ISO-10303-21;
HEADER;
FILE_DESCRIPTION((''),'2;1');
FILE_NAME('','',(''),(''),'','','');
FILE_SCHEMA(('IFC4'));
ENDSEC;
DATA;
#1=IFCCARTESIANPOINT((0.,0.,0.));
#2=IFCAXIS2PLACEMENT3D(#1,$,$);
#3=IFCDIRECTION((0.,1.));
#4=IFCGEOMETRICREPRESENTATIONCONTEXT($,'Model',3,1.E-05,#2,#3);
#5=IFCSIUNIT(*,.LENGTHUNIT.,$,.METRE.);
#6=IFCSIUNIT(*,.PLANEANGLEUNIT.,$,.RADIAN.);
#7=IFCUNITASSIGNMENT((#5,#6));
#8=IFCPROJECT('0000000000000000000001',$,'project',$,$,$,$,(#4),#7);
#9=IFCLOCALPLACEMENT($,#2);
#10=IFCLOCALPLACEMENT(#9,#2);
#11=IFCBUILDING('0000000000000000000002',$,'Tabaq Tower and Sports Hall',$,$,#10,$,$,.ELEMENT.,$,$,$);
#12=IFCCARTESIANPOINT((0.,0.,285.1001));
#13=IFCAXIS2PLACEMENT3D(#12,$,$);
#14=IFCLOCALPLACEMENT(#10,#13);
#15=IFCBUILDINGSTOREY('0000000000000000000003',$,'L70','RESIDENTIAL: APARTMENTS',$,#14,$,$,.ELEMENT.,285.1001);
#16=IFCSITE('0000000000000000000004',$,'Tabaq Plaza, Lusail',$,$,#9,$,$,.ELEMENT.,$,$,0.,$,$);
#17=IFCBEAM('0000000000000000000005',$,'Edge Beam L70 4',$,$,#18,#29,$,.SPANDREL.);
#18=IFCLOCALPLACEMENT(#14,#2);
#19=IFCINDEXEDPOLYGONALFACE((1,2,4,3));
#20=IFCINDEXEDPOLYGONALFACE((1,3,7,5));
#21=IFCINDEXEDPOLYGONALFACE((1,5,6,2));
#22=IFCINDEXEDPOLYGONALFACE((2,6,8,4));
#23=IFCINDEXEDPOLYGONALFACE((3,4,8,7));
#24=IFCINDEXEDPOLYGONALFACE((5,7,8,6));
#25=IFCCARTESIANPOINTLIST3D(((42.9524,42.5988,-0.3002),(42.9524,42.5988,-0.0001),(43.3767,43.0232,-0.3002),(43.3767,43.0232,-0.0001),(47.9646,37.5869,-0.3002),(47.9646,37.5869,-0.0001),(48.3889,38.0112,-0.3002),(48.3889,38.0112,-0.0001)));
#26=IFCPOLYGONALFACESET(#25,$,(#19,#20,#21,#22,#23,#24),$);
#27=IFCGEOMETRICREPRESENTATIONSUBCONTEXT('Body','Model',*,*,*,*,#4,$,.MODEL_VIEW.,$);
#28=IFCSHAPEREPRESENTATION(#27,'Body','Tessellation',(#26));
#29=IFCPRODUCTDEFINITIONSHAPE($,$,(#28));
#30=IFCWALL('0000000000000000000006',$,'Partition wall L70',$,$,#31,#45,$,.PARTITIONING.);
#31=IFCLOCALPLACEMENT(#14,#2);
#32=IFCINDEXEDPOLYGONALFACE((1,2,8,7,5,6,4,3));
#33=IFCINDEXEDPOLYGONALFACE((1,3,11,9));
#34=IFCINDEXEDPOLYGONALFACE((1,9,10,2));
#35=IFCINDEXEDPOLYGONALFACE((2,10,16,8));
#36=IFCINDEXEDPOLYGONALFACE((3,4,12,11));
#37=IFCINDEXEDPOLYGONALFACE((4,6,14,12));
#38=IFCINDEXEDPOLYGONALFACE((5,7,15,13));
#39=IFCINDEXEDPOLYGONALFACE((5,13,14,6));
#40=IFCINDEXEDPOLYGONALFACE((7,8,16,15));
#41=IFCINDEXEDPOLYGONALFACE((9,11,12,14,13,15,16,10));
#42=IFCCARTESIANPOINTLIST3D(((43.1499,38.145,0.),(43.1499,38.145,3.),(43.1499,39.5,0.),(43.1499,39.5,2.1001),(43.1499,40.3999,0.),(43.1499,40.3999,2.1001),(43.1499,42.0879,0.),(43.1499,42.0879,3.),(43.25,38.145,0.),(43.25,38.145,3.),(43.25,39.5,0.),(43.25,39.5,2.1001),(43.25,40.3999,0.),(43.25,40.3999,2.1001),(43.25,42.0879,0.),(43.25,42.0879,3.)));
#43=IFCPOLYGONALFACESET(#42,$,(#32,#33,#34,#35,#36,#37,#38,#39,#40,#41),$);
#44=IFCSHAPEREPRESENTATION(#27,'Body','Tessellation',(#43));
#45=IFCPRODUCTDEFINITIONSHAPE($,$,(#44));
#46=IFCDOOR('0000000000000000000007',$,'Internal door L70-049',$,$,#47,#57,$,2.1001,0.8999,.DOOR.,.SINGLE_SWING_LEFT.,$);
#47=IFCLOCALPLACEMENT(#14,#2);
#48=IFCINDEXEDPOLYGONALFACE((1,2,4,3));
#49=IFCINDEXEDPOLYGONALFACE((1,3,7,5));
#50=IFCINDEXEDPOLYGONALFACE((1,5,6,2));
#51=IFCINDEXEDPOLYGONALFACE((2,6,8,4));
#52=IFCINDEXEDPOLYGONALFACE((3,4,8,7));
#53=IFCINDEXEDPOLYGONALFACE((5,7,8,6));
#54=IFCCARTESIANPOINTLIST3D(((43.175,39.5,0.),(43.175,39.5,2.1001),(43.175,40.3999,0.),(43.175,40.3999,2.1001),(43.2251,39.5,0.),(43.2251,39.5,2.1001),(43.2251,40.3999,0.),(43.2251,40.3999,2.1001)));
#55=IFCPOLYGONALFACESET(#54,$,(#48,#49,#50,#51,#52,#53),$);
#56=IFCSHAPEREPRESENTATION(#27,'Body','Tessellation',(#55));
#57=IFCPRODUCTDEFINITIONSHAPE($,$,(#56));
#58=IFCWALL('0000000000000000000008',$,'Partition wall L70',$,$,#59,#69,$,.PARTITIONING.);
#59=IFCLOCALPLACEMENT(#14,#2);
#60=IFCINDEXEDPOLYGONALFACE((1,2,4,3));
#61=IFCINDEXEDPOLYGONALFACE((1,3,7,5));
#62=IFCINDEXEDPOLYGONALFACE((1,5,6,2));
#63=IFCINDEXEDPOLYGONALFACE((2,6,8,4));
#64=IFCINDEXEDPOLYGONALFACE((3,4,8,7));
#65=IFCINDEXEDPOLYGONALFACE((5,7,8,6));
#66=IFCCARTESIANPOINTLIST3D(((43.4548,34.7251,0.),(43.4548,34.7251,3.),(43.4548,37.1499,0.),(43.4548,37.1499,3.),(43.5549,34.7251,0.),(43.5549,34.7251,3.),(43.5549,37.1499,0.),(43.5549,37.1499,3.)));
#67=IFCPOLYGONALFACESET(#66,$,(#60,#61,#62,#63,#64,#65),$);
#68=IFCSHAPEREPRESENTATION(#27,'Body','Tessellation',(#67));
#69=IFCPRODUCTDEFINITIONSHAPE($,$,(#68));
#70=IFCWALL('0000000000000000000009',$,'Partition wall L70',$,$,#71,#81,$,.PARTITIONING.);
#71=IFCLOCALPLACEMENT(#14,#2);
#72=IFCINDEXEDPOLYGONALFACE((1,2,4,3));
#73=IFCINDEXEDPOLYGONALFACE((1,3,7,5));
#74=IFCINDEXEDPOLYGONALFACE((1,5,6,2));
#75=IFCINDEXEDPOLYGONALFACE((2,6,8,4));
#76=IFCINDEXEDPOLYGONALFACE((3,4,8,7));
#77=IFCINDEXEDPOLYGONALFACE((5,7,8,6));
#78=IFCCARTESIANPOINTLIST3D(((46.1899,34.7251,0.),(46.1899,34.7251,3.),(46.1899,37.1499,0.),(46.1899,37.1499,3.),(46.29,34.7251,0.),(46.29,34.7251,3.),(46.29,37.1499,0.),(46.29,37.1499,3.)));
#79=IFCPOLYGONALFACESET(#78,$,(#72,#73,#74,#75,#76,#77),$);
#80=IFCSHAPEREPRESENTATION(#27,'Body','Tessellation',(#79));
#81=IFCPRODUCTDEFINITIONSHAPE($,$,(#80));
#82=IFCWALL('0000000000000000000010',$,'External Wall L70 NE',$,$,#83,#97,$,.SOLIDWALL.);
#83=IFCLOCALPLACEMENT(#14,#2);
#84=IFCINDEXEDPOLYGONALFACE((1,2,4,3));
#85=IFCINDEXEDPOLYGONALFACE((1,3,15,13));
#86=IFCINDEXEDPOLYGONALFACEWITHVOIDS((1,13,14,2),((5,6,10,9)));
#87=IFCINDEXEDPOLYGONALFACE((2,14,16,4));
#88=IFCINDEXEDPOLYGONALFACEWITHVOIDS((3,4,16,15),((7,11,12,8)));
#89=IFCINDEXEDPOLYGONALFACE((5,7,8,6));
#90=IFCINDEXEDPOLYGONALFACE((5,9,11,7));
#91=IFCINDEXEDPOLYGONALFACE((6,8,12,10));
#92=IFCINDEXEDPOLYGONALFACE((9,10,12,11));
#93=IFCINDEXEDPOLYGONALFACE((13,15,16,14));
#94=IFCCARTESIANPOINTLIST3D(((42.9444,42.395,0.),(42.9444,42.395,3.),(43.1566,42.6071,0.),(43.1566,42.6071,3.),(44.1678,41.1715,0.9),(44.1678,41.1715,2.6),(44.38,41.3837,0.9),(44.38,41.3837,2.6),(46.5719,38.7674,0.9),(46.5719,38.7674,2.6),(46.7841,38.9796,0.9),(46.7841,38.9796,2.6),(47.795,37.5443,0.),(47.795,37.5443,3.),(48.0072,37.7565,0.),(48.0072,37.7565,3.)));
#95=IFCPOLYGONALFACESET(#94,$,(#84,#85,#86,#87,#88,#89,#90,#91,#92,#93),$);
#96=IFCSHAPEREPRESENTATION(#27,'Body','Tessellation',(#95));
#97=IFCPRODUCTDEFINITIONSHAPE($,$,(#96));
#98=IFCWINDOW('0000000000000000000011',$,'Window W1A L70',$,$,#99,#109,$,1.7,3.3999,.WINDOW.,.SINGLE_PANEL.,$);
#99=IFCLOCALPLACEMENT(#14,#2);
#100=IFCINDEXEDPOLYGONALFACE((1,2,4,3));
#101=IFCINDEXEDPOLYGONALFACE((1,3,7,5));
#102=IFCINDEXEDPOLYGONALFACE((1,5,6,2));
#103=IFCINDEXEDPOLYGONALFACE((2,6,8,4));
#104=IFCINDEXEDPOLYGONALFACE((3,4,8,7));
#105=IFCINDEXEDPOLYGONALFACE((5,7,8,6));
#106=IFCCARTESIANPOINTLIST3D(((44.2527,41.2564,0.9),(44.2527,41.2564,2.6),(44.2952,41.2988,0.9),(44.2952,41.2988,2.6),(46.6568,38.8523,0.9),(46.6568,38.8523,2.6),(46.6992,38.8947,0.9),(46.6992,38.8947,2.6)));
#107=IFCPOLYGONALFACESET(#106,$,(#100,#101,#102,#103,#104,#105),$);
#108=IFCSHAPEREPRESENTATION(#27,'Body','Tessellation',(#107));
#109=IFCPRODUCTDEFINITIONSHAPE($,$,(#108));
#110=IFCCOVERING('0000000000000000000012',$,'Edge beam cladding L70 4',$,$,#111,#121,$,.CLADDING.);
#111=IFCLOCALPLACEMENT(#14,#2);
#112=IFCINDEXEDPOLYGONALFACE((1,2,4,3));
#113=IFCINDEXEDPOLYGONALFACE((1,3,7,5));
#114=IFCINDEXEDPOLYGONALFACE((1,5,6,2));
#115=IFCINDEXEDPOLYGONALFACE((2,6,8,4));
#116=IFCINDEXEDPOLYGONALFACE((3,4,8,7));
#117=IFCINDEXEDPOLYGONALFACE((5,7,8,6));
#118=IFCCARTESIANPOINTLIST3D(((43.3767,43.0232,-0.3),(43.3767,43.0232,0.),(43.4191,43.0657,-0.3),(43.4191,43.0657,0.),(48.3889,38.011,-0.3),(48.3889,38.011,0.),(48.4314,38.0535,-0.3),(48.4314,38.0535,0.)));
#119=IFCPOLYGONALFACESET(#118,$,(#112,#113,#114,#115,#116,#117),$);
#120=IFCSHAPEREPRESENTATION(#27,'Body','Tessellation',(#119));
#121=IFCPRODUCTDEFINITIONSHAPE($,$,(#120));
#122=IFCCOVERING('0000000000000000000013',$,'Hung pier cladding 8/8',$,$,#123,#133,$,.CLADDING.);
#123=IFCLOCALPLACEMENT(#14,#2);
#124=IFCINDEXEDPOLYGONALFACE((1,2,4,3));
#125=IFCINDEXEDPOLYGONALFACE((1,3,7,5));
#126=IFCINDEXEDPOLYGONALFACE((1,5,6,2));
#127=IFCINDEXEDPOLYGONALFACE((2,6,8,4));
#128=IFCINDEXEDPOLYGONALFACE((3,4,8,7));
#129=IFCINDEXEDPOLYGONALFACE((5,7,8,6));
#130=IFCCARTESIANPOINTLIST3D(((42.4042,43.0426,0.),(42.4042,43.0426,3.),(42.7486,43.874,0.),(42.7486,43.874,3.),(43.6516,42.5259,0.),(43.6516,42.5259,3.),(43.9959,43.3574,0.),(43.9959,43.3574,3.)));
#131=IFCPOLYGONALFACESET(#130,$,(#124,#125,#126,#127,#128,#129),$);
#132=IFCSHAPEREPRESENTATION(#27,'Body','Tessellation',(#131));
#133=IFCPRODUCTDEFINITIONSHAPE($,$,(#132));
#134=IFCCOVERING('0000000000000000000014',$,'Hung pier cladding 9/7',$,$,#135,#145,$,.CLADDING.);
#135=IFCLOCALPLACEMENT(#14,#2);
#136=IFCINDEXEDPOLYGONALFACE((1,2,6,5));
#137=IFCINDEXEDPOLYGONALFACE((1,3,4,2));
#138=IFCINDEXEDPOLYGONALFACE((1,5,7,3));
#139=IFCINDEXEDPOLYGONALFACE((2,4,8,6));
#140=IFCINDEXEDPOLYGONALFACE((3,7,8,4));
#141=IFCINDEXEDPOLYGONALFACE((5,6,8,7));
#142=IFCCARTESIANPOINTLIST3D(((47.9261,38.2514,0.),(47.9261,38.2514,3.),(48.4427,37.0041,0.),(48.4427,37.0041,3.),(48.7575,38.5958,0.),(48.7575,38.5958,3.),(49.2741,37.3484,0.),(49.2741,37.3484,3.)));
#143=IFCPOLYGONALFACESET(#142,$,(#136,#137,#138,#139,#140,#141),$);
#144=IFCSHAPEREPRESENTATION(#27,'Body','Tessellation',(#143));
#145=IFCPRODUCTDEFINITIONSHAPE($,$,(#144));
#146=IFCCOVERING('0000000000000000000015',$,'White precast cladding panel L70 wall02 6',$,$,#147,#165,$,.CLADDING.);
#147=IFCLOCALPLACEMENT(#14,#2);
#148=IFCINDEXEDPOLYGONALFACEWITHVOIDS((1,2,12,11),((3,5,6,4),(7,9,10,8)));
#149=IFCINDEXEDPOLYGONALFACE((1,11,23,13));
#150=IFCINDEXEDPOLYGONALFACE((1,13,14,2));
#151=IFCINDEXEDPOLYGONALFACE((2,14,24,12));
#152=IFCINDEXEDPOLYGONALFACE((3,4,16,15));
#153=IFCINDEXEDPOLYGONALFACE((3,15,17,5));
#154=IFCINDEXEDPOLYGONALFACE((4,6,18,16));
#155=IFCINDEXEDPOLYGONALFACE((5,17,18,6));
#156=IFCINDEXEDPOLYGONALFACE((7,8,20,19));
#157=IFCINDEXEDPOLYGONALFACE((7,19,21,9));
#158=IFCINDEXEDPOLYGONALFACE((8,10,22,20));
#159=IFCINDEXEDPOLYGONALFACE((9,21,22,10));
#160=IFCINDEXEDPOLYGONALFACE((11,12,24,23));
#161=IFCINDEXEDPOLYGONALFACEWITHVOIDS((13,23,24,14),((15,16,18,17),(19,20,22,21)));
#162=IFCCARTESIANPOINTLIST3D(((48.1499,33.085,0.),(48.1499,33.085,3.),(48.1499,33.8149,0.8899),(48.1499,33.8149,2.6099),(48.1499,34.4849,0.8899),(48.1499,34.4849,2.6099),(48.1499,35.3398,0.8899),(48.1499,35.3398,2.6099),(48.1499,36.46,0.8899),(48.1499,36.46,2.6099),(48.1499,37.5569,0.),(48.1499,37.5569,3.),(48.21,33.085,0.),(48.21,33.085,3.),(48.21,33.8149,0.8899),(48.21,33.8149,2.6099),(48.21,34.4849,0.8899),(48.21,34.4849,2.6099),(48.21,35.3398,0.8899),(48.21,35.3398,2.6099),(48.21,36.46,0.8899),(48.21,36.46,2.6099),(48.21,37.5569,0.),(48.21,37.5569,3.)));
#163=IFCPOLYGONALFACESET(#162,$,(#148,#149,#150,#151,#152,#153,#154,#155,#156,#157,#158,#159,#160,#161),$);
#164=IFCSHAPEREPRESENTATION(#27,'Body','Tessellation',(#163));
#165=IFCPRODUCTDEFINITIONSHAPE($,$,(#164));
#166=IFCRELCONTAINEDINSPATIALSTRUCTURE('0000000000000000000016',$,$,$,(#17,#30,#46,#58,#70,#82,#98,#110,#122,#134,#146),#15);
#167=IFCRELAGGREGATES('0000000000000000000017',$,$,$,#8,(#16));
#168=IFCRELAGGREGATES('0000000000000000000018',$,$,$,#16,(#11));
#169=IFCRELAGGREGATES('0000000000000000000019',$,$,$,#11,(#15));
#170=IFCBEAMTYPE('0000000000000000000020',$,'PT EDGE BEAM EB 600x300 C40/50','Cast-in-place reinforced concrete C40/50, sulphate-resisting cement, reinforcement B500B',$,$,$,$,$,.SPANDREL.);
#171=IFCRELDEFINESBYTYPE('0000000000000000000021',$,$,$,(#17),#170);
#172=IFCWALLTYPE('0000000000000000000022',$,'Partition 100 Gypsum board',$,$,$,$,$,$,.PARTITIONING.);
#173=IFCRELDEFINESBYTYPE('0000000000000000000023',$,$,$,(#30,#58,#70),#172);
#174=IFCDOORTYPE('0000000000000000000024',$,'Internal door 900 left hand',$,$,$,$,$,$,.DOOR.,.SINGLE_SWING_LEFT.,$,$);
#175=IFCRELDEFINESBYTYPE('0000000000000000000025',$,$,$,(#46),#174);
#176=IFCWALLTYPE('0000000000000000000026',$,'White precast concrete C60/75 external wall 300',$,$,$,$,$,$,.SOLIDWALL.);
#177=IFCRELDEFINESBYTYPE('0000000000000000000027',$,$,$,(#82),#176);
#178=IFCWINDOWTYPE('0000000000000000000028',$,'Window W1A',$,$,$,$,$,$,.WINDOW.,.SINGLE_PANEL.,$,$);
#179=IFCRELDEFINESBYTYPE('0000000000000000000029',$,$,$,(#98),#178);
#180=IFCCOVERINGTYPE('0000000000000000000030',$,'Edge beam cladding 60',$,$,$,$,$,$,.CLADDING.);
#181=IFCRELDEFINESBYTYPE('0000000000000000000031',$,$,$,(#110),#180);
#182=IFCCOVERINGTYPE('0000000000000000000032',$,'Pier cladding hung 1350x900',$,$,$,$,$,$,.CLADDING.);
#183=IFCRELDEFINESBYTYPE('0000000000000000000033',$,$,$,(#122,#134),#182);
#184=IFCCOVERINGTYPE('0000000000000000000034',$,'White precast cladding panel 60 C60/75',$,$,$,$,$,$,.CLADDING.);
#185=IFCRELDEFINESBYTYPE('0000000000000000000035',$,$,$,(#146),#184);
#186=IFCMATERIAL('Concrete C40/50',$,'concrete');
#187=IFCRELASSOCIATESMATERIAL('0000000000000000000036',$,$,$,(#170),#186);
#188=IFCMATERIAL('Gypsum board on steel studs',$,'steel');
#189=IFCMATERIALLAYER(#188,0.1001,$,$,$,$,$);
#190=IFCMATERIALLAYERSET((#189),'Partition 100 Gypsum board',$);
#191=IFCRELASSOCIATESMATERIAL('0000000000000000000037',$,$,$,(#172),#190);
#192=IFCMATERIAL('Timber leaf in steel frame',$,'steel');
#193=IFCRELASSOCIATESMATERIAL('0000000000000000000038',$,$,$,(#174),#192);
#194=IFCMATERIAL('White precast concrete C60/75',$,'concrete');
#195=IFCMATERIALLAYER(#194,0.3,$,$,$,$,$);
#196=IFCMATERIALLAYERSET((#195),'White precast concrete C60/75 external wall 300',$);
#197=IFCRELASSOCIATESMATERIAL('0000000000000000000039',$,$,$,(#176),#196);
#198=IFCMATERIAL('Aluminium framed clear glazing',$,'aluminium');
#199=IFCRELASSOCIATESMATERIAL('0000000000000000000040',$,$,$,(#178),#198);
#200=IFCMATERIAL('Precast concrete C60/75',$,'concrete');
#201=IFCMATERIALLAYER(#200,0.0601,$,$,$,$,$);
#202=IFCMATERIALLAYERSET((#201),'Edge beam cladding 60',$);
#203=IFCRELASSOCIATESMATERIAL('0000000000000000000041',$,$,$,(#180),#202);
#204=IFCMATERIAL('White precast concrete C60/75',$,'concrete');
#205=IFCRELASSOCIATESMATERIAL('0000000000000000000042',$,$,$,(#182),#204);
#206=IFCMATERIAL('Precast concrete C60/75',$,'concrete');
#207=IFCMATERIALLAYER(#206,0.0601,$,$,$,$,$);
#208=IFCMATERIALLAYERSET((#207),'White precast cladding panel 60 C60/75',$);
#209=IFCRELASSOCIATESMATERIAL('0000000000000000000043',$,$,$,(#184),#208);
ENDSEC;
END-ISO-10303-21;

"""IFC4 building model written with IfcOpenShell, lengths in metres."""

from ifc_helpers import new_model, si_unit, direction, frame, frame_2d, origin, origin_2d, place, context, subcontext, project, spatial, polyline, rectangle, outline, extrude, material, layer, layer_set, material_profile, profile_set, type_object, element, fill, save


model = new_model("IFC4")

# Units and contexts
model_context = context("Model", 3, precision=1e-05, world=origin(), true_north=direction((0.0, 1.0)))
body_context = subcontext(model_context, "Body", "Model", "MODEL_VIEW")
ifc_project = project(units=[si_unit("LENGTHUNIT", "METRE"), si_unit("PLANEANGLEUNIT", "RADIAN")], contexts=[model_context])

# Site, building, storey
site_placement = place(None, origin())
site = spatial("IfcSite", under=ifc_project, at=site_placement, Name="Tabaq Plaza, Lusail", CompositionType="ELEMENT", RefElevation=0.0)
building_placement = place(site_placement, origin())
building = spatial("IfcBuilding", under=site, at=building_placement, Name="Tabaq Tower and Sports Hall", CompositionType="ELEMENT")
storey_placement = place(building_placement, frame((0.0, 0.0, 285.1001)))
storey = spatial("IfcBuildingStorey", under=building, at=storey_placement, Name="L70", Description="RESIDENTIAL: APARTMENTS", CompositionType="ELEMENT", Elevation=285.1001)

# Beam
ifc_material_1 = material(Name="Concrete C40/50", Category="concrete")
ifc_material_profile = material_profile(ifc_material_1, rectangle(XDim=0.6001, YDim=0.3, at=origin_2d()), Name="EB 600x300")
ifc_profile_set = profile_set([ifc_material_profile], Name="Concrete C40/50")
beam_type = type_object("IfcBeamType", Name="PT EDGE BEAM EB 600x300 C40/50", Description="Cast-in-place reinforced concrete C40/50, sulphate-resisting cement, reinforcement B500B", PredefinedType="SPANDREL", material=ifc_profile_set)
beam_placement = place(storey_placement, frame((48.1768, 37.7991, -0.1501), z_axis=(-0.707124, 0.70709, 0.0), x_axis=(-0.70709, -0.707124, 0.0)))
element("IfcBeam", 1, at=beam_placement, inside=storey, type_object=beam_type, Name="Edge Beam L70 4", PredefinedType="SPANDREL", context=body_context, shape_type="SweptSolid", body=[
    extrude(rectangle(XDim=0.6001, YDim=0.3, at=origin_2d()), origin(), (0.0, 0.0, 1.0), 7.0881),
])

# Wall, opening, door
ifc_material_2 = material(Name="Gypsum board on steel studs", Category="steel")
ifc_layer_1 = layer(ifc_material_2, 0.1001)
ifc_layer_set_1 = layer_set([ifc_layer_1], Name="Partition 100 Gypsum board")
wall_type_1 = type_object("IfcWallType", Name="Partition 100 Gypsum board", PredefinedType="PARTITIONING", material=ifc_layer_set_1)
wall_1_placement = place(storey_placement, frame((43.2, 38.145, 0.0), z_axis=(0.0, 0.0, 1.0), x_axis=(0.0, 1.0, 0.0)))
wall_1 = element("IfcWall", 2, at=wall_1_placement, inside=storey, type_object=wall_type_1, Name="Partition wall L70", PredefinedType="PARTITIONING", context=body_context, shape_type="SweptSolid", body=[
    extrude(rectangle(XDim=3.9429, YDim=0.1001, at=frame_2d((1.9714, 0.0))), origin(), (0.0, 0.0, 1.0), 3.0),
])
opening_1_placement = place(wall_1_placement, frame((1.355, 0.0, 0.0)))
opening_1 = element("IfcOpeningElement", 3, at=opening_1_placement, cuts=wall_1, PredefinedType="OPENING", context=body_context, shape_type="SweptSolid", body=[
    extrude(rectangle(XDim=0.8999, YDim=2.1001, at=frame_2d((0.45, 1.05))), frame((0.0, 0.05, 0.0), z_axis=(0.0, -1.0, 0.0), x_axis=(1.0, 0.0, 0.0)), (0.0, 0.0, 1.0), 0.1001),
])
ifc_material_3 = material(Name="Timber leaf in steel frame", Category="steel")
door_type = type_object("IfcDoorType", Name="Internal door 900 left hand", OperationType="SINGLE_SWING_LEFT", PredefinedType="DOOR", material=ifc_material_3)
door_placement = place(opening_1_placement, origin())
door = element("IfcDoor", 4, at=door_placement, inside=storey, type_object=door_type, Name="Internal door L70-049", OperationType="SINGLE_SWING_LEFT", OverallHeight=2.1001, OverallWidth=0.8999, PredefinedType="DOOR", context=body_context, shape_type="SweptSolid", body=[
    extrude(rectangle(XDim=0.8999, YDim=2.1001, at=frame_2d((0.45, 1.05))), frame((0.0, 0.0249, 0.0), z_axis=(0.0, -1.0, 0.0), x_axis=(1.0, 0.0, 0.0)), (0.0, 0.0, 1.0), 0.05),
])
fill(opening_1, door)

# Walls
for number, where, z_axis, x_axis, name in (
    (5, (43.5049, 34.7251, 0.0), (0.0, 0.0, 1.0), (0.0, 1.0, 0.0), "Partition wall L70"),
    (6, (46.24, 34.7251, 0.0), (0.0, 0.0, 1.0), (0.0, 1.0, 0.0), "Partition wall L70"),
):
    element("IfcWall", number, at=place(storey_placement, frame(where, z_axis=z_axis, x_axis=x_axis)), inside=storey, type_object=wall_type_1, Name=name, PredefinedType="PARTITIONING", context=body_context, shape_type="SweptSolid", body=[
        extrude(rectangle(XDim=2.4248, YDim=0.1001, at=frame_2d((1.2124, 0.0))), origin(), (0.0, 0.0, 1.0), 3.0),
    ])

# Wall, opening, window
ifc_material_4 = material(Name="White precast concrete C60/75", Category="concrete")
ifc_layer_2 = layer(ifc_material_4, 0.3)
ifc_layer_set_2 = layer_set([ifc_layer_2], Name="White precast concrete C60/75 external wall 300")
wall_type_2 = type_object("IfcWallType", Name="White precast concrete C60/75 external wall 300", PredefinedType="SOLIDWALL", material=ifc_layer_set_2)
wall_2_placement = place(storey_placement, frame((47.9011, 37.6504, 0.0), z_axis=(0.0, 0.0, 1.0), x_axis=(-0.707107, 0.707107, 0.0)))
wall_2 = element("IfcWall", 7, at=wall_2_placement, inside=storey, type_object=wall_type_2, Name="External Wall L70 NE", PredefinedType="SOLIDWALL", context=body_context, shape_type="SweptSolid", body=[
    extrude(rectangle(XDim=6.8599, YDim=0.3, at=frame_2d((3.4299, 0.0))), origin(), (0.0, 0.0, 1.0), 3.0),
])
opening_2_placement = place(wall_2_placement, frame((1.7297, 0.0, 0.8999)))
opening_2 = element("IfcOpeningElement", 8, at=opening_2_placement, cuts=wall_2, PredefinedType="OPENING", context=body_context, shape_type="SweptSolid", body=[
    extrude(rectangle(XDim=3.3999, YDim=1.7, at=frame_2d((1.7, 0.8501))), frame((0.0, 0.1602, 0.0), z_axis=(0.0, -1.0, 0.0), x_axis=(1.0, 0.0, 0.0)), (0.0, 0.0, 1.0), 0.3201),
])
ifc_material_5 = material(Name="Aluminium framed clear glazing", Category="aluminium")
window_type = type_object("IfcWindowType", Name="Window W1A", PartitioningType="SINGLE_PANEL", PredefinedType="WINDOW", material=ifc_material_5)
window_placement = place(opening_2_placement, origin())
window = element("IfcWindow", 9, at=window_placement, inside=storey, type_object=window_type, Name="Window W1A L70", OverallHeight=1.7, OverallWidth=3.3999, PartitioningType="SINGLE_PANEL", PredefinedType="WINDOW", context=body_context, shape_type="SweptSolid", body=[
    extrude(rectangle(XDim=3.3999, YDim=1.7, at=frame_2d((1.7, 0.8501))), frame((0.0, 0.03, 0.0), z_axis=(0.0, -1.0, 0.0), x_axis=(1.0, 0.0, 0.0)), (0.0, 0.0, 1.0), 0.0601),
])
fill(opening_2, window)

# Coverings
ifc_material_6 = material(Name="Precast concrete C60/75", Category="concrete")
ifc_layer_3 = layer(ifc_material_6, 0.0601)
ifc_layer_set_3 = layer_set([ifc_layer_3], Name="Edge beam cladding 60")
covering_type_1 = type_object("IfcCoveringType", Name="Edge beam cladding 60", PredefinedType="CLADDING", material=ifc_layer_set_3)
covering_1_placement = place(storey_placement, frame((48.4102, 38.0322, -0.3), z_axis=(0.0, 0.0, 1.0), x_axis=(-0.707107, 0.707107, 0.0)))
element("IfcCovering", 10, at=covering_1_placement, inside=storey, type_object=covering_type_1, Name="Edge beam cladding L70 4", PredefinedType="CLADDING", context=body_context, shape_type="SweptSolid", body=[
    extrude(rectangle(XDim=7.0884, YDim=0.0601, at=frame_2d((3.5442, 0.0))), origin(), (0.0, 0.0, 1.0), 0.3),
])
ifc_material_7 = material(Name="White precast concrete C60/75", Category="concrete")
covering_type_2 = type_object("IfcCoveringType", Name="Pier cladding hung 1350x900", PredefinedType="CLADDING", material=ifc_material_7)
for number, where, z_axis, x_axis, name in (
    (11, (43.8237, 42.9417, 0.0), (0.0, 0.0, 1.0), (-0.923893, 0.38265, 0.0), "Hung pier cladding 8/8"),
    (12, (48.8584, 37.1763, 0.0), (0.0, 0.0, 1.0), (-0.38265, 0.923893, 0.0), "Hung pier cladding 9/7"),
):
    element("IfcCovering", number, at=place(storey_placement, frame(where, z_axis=z_axis, x_axis=x_axis)), inside=storey, type_object=covering_type_2, Name=name, PredefinedType="CLADDING", context=body_context, shape_type="SweptSolid", body=[
        extrude(rectangle(XDim=1.3501, YDim=0.8999, at=frame_2d((0.675, 0.0))), origin(), (0.0, 0.0, 1.0), 3.0),
    ])
ifc_material_8 = material(Name="Precast concrete C60/75", Category="concrete")
ifc_layer_4 = layer(ifc_material_8, 0.0601)
ifc_layer_set_4 = layer_set([ifc_layer_4], Name="White precast cladding panel 60 C60/75")
covering_type_3 = type_object("IfcCoveringType", Name="White precast cladding panel 60 C60/75", PredefinedType="CLADDING", material=ifc_layer_set_4)
covering_2_placement = place(storey_placement, frame((48.1799, 33.085, 0.0), z_axis=(0.0, 0.0, 1.0), x_axis=(0.0, 1.0, 0.0)))
element("IfcCovering", 13, at=covering_2_placement, inside=storey, type_object=covering_type_3, Name="White precast cladding panel L70 wall02 6", PredefinedType="CLADDING", context=body_context, shape_type="SweptSolid", body=[
    extrude(outline(polyline([(0.0, 0.0), (4.4719, 0.0), (4.4719, 3.0), (0.0, 3.0), (0.0, 0.0)]), holes=[polyline([(0.73, 2.6099), (1.3999, 2.6099), (1.3999, 0.8899), (0.73, 0.8899), (0.73, 2.6099)]), polyline([(2.2549, 2.6099), (3.375, 2.6099), (3.375, 0.8899), (2.2549, 0.8899), (2.2549, 2.6099)])]), frame((0.0, 0.03, 0.0), z_axis=(0.0, -1.0, 0.0), x_axis=(1.0, 0.0, 0.0)), (0.0, 0.0, 1.0), 0.0601),
])

save(model, "model.ifc")
